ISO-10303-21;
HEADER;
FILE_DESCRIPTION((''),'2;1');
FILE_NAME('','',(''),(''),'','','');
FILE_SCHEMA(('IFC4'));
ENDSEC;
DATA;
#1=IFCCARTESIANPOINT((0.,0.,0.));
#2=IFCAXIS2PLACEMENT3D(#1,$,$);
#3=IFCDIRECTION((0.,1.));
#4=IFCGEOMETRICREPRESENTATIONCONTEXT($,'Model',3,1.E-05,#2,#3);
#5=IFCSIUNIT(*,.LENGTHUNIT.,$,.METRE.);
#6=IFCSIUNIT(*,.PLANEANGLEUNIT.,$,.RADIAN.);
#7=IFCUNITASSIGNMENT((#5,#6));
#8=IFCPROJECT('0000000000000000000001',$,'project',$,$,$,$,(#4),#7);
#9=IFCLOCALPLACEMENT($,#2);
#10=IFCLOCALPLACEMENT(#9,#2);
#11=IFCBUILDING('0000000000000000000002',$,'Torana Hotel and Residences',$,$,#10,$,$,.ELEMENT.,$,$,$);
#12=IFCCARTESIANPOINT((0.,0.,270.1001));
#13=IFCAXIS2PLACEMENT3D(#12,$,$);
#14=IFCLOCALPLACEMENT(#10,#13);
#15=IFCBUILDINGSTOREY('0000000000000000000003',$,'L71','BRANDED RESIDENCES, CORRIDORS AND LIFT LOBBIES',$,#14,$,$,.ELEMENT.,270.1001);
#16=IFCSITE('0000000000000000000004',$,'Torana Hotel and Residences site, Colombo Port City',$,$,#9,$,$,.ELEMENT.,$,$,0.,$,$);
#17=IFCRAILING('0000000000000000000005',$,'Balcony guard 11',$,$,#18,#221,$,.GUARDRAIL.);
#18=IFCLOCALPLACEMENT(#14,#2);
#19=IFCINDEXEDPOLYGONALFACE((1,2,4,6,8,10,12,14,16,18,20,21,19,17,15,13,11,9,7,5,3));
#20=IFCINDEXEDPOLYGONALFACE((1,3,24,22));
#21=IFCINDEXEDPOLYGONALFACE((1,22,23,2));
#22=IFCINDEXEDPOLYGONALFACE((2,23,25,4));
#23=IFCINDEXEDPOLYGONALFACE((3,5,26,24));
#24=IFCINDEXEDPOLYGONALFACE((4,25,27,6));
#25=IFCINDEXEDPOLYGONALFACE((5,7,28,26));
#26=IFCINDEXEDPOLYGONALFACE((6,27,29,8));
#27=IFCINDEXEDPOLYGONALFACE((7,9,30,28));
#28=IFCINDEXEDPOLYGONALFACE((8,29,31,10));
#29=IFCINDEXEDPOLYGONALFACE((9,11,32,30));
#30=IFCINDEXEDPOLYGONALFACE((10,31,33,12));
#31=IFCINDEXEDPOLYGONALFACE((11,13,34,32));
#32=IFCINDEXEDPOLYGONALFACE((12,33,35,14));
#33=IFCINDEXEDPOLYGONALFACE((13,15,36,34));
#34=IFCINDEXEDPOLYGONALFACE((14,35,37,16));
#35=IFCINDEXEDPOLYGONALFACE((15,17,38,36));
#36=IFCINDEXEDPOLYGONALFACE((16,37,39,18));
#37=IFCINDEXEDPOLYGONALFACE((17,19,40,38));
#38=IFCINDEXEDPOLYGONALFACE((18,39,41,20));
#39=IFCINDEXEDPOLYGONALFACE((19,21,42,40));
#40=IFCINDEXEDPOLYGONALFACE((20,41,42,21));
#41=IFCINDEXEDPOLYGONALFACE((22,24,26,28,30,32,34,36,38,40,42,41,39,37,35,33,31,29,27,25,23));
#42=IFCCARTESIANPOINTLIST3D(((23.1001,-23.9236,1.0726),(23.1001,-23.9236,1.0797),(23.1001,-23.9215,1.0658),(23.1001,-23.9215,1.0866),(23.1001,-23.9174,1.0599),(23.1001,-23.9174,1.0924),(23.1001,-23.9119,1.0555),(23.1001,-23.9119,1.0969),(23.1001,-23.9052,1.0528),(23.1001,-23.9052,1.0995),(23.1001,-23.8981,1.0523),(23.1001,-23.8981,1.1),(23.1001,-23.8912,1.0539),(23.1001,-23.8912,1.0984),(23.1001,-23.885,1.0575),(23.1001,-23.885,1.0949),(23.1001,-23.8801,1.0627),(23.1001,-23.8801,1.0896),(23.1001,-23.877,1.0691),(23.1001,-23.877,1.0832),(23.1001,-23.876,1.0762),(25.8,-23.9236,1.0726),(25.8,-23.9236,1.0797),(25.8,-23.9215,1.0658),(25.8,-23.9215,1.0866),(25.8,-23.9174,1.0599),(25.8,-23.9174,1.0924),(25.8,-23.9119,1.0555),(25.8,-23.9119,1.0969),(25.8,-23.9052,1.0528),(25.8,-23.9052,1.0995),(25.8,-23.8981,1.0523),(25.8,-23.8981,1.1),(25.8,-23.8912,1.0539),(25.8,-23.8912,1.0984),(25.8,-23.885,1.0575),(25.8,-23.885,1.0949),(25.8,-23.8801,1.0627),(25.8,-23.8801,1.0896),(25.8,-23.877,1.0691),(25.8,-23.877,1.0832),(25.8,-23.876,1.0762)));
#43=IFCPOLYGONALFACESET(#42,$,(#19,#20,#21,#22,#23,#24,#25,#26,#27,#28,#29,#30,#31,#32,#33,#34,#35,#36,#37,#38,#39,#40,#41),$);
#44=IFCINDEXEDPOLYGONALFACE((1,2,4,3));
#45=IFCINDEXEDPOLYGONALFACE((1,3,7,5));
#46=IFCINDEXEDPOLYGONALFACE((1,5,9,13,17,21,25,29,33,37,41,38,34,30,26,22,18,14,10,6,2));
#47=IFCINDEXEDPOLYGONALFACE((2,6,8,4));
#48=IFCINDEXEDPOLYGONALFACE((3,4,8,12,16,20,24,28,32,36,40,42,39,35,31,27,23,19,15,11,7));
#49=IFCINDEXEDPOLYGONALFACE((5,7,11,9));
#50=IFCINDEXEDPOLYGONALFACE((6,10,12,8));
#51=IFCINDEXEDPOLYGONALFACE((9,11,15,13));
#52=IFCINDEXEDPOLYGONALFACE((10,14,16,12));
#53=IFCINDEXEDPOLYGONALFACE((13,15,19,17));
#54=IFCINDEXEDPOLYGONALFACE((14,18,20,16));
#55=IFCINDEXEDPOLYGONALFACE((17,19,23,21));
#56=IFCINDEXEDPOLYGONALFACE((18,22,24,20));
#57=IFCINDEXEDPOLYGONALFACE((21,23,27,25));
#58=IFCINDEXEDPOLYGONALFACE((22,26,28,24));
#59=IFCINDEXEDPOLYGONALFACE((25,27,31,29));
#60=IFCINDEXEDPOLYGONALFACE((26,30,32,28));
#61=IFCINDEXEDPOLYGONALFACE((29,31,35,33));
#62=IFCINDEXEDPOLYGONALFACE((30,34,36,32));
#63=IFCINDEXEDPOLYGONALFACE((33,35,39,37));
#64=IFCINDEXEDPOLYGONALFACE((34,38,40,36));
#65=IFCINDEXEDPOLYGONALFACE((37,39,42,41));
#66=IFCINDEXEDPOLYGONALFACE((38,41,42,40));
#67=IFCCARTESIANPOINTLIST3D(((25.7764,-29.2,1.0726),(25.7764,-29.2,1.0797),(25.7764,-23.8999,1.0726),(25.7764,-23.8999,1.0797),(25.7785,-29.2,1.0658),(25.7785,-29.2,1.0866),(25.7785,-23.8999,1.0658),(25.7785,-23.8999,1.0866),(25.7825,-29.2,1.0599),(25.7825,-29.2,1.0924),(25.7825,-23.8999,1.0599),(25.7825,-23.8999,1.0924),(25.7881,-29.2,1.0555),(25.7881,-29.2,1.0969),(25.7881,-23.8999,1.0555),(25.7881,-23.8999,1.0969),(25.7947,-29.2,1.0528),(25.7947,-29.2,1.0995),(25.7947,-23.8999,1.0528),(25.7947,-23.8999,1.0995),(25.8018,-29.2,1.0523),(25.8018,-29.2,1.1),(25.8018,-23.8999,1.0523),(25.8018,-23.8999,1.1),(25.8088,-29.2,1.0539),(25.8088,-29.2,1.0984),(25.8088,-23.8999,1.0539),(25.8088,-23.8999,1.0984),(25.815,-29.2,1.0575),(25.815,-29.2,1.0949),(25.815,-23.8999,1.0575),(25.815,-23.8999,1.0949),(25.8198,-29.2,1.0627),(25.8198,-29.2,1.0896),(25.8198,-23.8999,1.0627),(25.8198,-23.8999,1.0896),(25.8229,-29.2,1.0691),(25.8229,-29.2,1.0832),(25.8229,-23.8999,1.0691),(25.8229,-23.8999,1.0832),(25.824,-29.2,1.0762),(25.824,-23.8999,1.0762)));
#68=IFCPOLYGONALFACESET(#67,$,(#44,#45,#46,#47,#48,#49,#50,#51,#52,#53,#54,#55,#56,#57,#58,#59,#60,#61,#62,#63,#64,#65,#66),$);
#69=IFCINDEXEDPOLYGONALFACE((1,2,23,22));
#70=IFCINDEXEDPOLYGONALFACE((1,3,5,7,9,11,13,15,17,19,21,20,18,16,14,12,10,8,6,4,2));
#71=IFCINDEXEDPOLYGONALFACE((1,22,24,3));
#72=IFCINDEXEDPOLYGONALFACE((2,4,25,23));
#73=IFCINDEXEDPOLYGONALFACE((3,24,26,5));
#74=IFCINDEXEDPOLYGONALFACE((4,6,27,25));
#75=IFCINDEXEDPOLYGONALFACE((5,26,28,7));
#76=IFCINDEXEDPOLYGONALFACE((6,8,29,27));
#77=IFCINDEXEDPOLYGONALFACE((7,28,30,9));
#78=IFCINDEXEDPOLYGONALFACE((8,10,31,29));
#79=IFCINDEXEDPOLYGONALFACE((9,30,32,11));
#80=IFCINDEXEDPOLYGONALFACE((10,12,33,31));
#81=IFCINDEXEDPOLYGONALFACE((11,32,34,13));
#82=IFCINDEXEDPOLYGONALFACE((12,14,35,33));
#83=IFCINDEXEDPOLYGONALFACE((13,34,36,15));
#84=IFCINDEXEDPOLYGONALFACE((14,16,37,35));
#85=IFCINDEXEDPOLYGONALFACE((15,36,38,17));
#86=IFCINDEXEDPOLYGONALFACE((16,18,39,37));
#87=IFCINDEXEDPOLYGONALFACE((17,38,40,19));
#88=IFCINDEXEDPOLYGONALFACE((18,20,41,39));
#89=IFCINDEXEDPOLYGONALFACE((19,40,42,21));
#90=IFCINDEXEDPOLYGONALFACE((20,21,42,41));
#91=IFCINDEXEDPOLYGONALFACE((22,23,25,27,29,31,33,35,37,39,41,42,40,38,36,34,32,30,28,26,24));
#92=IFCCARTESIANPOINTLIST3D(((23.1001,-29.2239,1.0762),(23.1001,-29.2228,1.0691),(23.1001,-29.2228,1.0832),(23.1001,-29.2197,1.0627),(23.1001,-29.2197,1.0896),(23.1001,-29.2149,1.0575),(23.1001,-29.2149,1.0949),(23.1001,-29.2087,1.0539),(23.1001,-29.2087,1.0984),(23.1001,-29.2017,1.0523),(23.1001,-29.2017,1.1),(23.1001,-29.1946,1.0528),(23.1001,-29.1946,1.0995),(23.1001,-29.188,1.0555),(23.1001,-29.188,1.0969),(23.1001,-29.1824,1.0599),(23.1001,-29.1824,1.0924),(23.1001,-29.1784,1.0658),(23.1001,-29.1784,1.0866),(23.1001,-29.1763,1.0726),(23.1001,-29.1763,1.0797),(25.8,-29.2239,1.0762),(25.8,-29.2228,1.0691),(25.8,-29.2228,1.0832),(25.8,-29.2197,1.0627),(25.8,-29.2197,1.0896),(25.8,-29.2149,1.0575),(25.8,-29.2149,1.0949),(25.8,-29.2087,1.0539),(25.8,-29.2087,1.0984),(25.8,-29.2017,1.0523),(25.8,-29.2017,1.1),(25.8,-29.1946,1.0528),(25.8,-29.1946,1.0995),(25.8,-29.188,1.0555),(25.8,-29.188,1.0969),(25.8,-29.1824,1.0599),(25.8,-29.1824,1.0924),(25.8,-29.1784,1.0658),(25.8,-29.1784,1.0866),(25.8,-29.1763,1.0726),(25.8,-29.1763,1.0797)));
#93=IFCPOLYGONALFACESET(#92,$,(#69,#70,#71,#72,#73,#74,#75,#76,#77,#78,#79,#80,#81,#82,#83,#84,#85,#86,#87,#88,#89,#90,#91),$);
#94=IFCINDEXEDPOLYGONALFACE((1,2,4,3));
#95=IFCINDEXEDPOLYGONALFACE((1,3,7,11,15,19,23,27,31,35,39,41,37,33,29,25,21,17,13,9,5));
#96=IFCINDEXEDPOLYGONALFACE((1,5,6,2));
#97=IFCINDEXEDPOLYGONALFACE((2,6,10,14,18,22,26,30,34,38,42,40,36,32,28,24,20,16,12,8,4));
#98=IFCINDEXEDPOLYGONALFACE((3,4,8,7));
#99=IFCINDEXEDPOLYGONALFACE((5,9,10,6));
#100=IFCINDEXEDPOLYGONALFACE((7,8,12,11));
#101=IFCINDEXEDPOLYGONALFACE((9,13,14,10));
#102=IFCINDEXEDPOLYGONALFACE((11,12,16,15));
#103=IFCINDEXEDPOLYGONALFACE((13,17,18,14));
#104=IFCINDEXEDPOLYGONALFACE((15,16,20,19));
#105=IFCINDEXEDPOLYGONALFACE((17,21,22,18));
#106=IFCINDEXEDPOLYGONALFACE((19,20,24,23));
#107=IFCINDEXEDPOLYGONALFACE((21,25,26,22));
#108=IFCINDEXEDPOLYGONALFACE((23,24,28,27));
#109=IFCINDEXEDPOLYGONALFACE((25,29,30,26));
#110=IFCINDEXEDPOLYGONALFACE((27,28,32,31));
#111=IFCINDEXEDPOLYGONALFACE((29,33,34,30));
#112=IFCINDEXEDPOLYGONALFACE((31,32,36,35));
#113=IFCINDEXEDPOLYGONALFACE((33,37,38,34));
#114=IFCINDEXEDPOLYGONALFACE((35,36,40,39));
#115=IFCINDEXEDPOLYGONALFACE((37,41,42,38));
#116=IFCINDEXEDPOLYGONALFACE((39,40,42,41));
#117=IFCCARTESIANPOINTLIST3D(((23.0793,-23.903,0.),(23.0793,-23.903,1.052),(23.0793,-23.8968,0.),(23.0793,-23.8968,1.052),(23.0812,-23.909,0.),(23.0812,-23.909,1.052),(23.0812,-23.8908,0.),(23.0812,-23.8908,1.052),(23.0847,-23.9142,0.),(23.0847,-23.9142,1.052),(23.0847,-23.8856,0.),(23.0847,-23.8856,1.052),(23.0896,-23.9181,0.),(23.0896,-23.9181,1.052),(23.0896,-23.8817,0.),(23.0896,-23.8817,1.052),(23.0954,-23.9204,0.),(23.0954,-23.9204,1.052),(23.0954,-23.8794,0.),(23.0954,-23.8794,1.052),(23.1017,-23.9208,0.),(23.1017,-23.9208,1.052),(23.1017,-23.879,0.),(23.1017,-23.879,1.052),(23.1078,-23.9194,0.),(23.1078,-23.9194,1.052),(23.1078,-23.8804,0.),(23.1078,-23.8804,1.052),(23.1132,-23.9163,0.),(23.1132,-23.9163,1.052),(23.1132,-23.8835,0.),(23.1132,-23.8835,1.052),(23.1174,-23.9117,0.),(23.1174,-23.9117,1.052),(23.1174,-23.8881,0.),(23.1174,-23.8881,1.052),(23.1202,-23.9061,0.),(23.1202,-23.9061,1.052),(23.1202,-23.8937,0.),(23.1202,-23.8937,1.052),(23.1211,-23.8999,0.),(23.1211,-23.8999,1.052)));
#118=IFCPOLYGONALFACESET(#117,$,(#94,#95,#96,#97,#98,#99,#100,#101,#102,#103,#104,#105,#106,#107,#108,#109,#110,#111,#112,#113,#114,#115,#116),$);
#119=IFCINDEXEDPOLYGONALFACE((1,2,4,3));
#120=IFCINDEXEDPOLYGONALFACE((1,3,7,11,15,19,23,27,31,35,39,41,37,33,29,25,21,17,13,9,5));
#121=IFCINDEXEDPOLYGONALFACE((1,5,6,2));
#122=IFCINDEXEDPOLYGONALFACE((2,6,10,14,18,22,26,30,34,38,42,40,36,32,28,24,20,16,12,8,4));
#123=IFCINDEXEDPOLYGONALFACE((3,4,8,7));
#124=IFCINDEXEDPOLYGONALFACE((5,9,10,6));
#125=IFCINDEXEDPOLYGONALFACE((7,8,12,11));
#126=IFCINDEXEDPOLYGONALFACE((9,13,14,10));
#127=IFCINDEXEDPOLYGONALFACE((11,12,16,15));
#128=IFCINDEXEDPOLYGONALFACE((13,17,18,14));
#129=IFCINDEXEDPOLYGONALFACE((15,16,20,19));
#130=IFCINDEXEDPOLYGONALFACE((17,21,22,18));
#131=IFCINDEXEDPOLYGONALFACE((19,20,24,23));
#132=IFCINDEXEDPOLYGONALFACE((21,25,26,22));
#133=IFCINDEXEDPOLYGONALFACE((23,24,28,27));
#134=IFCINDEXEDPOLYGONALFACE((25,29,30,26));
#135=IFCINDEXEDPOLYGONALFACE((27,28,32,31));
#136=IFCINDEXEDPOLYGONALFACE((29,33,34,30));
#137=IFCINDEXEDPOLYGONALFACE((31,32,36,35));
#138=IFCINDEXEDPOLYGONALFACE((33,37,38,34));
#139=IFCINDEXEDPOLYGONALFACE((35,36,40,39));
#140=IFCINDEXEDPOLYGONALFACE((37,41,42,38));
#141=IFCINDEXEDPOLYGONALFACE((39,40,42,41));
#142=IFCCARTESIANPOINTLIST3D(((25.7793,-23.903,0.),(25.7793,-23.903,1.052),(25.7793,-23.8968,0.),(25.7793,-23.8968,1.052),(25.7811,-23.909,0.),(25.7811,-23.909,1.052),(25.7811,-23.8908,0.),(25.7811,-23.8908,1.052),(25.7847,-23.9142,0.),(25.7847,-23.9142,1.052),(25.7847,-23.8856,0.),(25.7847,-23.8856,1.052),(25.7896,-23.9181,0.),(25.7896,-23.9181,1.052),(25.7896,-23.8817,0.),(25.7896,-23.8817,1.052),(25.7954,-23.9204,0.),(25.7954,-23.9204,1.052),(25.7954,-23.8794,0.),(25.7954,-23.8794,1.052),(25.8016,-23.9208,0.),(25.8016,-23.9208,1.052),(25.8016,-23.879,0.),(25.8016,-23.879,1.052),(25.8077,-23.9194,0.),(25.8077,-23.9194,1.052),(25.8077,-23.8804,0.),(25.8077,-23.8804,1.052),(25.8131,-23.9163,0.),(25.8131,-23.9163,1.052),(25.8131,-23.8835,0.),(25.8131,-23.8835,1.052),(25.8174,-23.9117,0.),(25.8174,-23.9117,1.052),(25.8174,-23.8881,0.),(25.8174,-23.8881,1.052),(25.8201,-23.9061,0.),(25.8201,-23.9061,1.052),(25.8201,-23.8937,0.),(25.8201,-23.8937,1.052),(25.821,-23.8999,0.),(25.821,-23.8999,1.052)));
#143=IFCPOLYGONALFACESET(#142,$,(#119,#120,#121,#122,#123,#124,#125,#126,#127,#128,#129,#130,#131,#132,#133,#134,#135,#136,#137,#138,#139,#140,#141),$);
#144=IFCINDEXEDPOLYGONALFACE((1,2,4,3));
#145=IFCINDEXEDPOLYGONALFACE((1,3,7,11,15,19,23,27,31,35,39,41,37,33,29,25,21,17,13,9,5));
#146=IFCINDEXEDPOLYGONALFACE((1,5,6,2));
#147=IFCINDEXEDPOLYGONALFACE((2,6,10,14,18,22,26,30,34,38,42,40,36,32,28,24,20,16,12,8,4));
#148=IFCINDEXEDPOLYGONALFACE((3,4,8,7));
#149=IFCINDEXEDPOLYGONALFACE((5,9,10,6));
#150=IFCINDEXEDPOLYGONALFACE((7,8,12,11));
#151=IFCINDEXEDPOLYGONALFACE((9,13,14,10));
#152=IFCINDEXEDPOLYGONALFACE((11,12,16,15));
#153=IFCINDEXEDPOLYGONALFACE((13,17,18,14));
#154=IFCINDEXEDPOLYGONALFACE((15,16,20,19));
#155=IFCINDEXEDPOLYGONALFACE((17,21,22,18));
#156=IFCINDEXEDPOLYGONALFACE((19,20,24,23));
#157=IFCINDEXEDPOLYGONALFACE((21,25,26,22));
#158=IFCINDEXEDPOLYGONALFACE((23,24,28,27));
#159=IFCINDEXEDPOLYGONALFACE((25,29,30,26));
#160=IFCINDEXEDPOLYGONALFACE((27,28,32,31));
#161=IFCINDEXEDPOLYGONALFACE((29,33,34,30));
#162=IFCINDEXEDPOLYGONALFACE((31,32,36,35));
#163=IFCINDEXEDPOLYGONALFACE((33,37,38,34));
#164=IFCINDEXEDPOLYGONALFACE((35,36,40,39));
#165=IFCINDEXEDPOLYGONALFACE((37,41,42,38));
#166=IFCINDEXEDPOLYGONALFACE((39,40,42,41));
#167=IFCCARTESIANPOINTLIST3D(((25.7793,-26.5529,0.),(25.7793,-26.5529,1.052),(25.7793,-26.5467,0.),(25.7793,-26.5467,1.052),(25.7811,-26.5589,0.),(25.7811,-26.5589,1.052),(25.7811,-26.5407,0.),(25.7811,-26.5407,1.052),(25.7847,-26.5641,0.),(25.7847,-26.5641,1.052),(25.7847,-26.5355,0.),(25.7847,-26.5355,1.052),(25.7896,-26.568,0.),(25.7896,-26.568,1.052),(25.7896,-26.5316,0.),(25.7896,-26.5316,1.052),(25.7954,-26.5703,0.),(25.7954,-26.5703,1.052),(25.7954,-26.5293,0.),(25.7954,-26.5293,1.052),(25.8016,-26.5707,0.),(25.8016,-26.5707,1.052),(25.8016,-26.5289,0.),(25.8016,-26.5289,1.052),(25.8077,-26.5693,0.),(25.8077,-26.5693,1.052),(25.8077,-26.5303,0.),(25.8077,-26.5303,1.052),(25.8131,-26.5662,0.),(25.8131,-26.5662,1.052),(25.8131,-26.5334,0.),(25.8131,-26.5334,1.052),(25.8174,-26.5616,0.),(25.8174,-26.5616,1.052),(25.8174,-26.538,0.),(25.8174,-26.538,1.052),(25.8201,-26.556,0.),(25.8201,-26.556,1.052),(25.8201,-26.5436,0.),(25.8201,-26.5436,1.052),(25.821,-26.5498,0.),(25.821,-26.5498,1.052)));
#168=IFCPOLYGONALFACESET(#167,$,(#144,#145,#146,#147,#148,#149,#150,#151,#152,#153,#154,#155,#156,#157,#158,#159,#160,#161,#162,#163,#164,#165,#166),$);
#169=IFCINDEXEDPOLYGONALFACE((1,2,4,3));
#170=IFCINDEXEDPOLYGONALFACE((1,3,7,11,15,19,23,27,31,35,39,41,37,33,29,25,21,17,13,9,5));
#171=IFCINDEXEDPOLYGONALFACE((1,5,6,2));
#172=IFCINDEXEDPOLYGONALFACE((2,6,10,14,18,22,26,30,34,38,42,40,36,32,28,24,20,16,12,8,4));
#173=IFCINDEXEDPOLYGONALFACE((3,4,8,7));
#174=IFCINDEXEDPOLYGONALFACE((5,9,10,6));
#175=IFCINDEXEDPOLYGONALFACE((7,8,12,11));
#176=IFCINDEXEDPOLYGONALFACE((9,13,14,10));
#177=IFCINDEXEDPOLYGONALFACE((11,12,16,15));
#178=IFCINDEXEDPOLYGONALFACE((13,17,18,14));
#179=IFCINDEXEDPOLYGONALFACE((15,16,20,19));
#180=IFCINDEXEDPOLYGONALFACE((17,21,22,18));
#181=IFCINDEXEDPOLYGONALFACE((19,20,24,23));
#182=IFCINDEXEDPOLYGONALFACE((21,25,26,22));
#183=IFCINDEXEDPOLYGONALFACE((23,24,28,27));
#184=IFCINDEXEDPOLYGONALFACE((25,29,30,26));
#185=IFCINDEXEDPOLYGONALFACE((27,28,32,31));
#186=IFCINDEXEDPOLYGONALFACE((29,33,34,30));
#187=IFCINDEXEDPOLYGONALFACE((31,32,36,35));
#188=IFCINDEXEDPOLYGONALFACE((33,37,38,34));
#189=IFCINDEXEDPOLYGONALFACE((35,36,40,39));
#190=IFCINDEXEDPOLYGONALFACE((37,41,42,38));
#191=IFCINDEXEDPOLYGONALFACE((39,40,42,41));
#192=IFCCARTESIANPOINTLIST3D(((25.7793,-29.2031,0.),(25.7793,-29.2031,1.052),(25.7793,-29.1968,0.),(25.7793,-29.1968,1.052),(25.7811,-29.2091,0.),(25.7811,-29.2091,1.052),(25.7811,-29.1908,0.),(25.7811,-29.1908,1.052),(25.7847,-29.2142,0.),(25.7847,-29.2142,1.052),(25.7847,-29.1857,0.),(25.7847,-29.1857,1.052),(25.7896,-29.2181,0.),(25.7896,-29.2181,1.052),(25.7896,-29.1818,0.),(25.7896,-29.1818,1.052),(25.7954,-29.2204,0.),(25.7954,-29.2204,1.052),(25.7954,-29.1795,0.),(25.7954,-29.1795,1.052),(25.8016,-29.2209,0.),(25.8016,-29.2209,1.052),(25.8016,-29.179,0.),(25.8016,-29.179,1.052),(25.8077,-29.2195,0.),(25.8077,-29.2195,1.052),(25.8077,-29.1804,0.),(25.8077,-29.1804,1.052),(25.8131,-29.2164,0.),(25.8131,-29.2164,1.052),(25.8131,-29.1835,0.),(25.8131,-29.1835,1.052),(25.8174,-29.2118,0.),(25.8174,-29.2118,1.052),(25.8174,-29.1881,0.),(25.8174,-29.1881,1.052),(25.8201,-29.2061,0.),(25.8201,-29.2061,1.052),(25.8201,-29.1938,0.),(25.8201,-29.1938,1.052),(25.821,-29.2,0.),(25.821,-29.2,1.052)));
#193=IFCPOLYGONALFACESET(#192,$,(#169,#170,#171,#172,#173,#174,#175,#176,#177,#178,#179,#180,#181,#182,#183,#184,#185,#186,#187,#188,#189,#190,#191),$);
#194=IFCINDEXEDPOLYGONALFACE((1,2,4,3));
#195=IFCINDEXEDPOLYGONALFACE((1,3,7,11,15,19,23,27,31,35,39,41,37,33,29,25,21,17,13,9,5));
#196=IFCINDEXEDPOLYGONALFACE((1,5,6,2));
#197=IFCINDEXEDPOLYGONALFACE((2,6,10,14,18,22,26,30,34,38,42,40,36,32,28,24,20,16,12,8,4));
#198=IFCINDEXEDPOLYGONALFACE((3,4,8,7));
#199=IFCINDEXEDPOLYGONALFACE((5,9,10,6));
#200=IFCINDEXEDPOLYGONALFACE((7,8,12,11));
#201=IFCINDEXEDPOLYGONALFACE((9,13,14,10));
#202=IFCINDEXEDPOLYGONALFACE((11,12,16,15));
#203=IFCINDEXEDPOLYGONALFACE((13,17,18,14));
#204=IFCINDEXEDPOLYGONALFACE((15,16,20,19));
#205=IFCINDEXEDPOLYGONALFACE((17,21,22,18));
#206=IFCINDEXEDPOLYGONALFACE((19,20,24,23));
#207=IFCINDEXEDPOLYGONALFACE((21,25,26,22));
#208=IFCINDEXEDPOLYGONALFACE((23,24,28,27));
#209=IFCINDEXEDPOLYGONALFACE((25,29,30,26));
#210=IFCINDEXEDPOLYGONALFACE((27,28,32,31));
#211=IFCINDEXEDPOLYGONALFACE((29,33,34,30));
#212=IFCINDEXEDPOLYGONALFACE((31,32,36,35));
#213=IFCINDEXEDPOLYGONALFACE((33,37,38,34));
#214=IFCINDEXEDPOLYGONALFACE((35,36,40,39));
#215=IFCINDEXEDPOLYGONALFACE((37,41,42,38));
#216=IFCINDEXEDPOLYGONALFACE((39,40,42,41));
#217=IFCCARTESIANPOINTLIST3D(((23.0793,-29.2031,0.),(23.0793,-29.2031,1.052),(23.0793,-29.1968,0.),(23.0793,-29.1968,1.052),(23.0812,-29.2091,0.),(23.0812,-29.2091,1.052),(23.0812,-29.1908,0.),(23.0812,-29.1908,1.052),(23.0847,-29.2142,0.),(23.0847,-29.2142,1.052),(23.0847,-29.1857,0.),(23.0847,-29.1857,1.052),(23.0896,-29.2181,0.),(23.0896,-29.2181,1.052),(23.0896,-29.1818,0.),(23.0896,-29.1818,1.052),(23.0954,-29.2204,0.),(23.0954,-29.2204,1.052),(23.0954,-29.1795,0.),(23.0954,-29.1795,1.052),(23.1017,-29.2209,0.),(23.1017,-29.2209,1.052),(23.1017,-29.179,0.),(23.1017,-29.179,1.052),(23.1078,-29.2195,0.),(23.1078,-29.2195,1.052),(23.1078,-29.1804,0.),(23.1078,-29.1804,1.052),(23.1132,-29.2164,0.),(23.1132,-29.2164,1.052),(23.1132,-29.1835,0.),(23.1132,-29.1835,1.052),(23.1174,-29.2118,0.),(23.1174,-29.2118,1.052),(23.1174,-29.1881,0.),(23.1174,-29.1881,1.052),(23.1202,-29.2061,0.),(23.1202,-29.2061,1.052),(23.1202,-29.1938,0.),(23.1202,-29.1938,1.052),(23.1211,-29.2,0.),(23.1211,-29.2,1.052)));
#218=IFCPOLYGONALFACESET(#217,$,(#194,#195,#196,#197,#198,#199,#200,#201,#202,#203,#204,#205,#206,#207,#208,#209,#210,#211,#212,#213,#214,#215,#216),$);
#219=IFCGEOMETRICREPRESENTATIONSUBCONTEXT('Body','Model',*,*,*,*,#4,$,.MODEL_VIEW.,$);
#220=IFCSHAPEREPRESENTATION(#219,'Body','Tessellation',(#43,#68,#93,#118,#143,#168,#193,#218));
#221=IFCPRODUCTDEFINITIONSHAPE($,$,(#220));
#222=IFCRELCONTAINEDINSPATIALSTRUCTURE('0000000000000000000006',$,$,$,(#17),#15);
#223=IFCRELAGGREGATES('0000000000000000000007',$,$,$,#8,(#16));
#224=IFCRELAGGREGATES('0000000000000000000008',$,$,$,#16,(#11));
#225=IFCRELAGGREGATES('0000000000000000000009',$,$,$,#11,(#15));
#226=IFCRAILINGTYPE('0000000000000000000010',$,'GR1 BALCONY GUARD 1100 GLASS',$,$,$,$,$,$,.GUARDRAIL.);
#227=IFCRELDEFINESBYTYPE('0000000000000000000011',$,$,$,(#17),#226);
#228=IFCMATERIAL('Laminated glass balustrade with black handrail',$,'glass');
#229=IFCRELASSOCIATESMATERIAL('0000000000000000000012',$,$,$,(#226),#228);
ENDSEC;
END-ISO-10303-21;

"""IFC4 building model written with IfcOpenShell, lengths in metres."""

from ifc_helpers import new_model, si_unit, direction, frame, origin, origin_2d, place, context, subcontext, project, spatial, circle, extrude, material, type_object, element, save


model = new_model("IFC4")

# Units and contexts
model_context = context("Model", 3, precision=1e-05, world=origin(), true_north=direction((0.0, 1.0)))
body_context = subcontext(model_context, "Body", "Model", "MODEL_VIEW")
ifc_project = project(units=[si_unit("LENGTHUNIT", "METRE"), si_unit("PLANEANGLEUNIT", "RADIAN")], contexts=[model_context])

# Site, building, storey
site_placement = place(None, origin())
site = spatial("IfcSite", under=ifc_project, at=site_placement, Name="Torana Hotel and Residences site, Colombo Port City", CompositionType="ELEMENT", RefElevation=0.0)
building_placement = place(site_placement, origin())
building = spatial("IfcBuilding", under=site, at=building_placement, Name="Torana Hotel and Residences", CompositionType="ELEMENT")
storey_placement = place(building_placement, frame((0.0, 0.0, 270.1001)))
storey = spatial("IfcBuildingStorey", under=building, at=storey_placement, Name="L71", Description="BRANDED RESIDENCES, CORRIDORS AND LIFT LOBBIES", CompositionType="ELEMENT", Elevation=270.1001)

# Railing
ifc_material_1 = material(Name="Laminated glass balustrade with black handrail", Category="glass")
railing_type = type_object("IfcRailingType", Name="GR1 BALCONY GUARD 1100 GLASS", PredefinedType="GUARDRAIL", material=ifc_material_1)
railing_1_placement = place(storey_placement, frame((23.1001, -23.8999, 0.0)))
element("IfcRailing", 1, at=railing_1_placement, inside=storey, type_object=railing_type, Name="Balcony guard 11", PredefinedType="GUARDRAIL", context=body_context, shape_type="SweptSolid", body=[
    extrude(circle(Radius=0.0239, at=origin_2d()), frame((0.0, 0.0, 1.0762), z_axis=(1.0, 0.0, 0.0), x_axis=(0.0, 1.0, 0.0)), (0.0, 0.0, 1.0), 2.7),
    extrude(circle(Radius=0.0239, at=origin_2d()), frame((2.7, 0.0, 1.0762), z_axis=(0.0, -1.0, 0.0), x_axis=(1.0, 0.0, 0.0)), (0.0, 0.0, 1.0), 5.3),
    extrude(circle(Radius=0.0239, at=origin_2d()), frame((2.7, -5.3, 1.0762), z_axis=(-1.0, 0.0, 0.0), x_axis=(0.0, -1.0, 0.0)), (0.0, 0.0, 1.0), 2.7),
    extrude(circle(Radius=0.021, at=origin_2d()), origin(), (0.0, 0.0, 1.0), 1.052),
    extrude(circle(Radius=0.021, at=origin_2d()), frame((2.7, 0.0, 0.0)), (0.0, 0.0, 1.0), 1.052),
    extrude(circle(Radius=0.021, at=origin_2d()), frame((2.7, -2.6499, 0.0)), (0.0, 0.0, 1.0), 1.052),
    extrude(circle(Radius=0.021, at=origin_2d()), frame((2.7, -5.3, 0.0)), (0.0, 0.0, 1.0), 1.052),
    extrude(circle(Radius=0.021, at=origin_2d()), frame((0.0, -5.3, 0.0)), (0.0, 0.0, 1.0), 1.052),
])

save(model, "model.ifc")
